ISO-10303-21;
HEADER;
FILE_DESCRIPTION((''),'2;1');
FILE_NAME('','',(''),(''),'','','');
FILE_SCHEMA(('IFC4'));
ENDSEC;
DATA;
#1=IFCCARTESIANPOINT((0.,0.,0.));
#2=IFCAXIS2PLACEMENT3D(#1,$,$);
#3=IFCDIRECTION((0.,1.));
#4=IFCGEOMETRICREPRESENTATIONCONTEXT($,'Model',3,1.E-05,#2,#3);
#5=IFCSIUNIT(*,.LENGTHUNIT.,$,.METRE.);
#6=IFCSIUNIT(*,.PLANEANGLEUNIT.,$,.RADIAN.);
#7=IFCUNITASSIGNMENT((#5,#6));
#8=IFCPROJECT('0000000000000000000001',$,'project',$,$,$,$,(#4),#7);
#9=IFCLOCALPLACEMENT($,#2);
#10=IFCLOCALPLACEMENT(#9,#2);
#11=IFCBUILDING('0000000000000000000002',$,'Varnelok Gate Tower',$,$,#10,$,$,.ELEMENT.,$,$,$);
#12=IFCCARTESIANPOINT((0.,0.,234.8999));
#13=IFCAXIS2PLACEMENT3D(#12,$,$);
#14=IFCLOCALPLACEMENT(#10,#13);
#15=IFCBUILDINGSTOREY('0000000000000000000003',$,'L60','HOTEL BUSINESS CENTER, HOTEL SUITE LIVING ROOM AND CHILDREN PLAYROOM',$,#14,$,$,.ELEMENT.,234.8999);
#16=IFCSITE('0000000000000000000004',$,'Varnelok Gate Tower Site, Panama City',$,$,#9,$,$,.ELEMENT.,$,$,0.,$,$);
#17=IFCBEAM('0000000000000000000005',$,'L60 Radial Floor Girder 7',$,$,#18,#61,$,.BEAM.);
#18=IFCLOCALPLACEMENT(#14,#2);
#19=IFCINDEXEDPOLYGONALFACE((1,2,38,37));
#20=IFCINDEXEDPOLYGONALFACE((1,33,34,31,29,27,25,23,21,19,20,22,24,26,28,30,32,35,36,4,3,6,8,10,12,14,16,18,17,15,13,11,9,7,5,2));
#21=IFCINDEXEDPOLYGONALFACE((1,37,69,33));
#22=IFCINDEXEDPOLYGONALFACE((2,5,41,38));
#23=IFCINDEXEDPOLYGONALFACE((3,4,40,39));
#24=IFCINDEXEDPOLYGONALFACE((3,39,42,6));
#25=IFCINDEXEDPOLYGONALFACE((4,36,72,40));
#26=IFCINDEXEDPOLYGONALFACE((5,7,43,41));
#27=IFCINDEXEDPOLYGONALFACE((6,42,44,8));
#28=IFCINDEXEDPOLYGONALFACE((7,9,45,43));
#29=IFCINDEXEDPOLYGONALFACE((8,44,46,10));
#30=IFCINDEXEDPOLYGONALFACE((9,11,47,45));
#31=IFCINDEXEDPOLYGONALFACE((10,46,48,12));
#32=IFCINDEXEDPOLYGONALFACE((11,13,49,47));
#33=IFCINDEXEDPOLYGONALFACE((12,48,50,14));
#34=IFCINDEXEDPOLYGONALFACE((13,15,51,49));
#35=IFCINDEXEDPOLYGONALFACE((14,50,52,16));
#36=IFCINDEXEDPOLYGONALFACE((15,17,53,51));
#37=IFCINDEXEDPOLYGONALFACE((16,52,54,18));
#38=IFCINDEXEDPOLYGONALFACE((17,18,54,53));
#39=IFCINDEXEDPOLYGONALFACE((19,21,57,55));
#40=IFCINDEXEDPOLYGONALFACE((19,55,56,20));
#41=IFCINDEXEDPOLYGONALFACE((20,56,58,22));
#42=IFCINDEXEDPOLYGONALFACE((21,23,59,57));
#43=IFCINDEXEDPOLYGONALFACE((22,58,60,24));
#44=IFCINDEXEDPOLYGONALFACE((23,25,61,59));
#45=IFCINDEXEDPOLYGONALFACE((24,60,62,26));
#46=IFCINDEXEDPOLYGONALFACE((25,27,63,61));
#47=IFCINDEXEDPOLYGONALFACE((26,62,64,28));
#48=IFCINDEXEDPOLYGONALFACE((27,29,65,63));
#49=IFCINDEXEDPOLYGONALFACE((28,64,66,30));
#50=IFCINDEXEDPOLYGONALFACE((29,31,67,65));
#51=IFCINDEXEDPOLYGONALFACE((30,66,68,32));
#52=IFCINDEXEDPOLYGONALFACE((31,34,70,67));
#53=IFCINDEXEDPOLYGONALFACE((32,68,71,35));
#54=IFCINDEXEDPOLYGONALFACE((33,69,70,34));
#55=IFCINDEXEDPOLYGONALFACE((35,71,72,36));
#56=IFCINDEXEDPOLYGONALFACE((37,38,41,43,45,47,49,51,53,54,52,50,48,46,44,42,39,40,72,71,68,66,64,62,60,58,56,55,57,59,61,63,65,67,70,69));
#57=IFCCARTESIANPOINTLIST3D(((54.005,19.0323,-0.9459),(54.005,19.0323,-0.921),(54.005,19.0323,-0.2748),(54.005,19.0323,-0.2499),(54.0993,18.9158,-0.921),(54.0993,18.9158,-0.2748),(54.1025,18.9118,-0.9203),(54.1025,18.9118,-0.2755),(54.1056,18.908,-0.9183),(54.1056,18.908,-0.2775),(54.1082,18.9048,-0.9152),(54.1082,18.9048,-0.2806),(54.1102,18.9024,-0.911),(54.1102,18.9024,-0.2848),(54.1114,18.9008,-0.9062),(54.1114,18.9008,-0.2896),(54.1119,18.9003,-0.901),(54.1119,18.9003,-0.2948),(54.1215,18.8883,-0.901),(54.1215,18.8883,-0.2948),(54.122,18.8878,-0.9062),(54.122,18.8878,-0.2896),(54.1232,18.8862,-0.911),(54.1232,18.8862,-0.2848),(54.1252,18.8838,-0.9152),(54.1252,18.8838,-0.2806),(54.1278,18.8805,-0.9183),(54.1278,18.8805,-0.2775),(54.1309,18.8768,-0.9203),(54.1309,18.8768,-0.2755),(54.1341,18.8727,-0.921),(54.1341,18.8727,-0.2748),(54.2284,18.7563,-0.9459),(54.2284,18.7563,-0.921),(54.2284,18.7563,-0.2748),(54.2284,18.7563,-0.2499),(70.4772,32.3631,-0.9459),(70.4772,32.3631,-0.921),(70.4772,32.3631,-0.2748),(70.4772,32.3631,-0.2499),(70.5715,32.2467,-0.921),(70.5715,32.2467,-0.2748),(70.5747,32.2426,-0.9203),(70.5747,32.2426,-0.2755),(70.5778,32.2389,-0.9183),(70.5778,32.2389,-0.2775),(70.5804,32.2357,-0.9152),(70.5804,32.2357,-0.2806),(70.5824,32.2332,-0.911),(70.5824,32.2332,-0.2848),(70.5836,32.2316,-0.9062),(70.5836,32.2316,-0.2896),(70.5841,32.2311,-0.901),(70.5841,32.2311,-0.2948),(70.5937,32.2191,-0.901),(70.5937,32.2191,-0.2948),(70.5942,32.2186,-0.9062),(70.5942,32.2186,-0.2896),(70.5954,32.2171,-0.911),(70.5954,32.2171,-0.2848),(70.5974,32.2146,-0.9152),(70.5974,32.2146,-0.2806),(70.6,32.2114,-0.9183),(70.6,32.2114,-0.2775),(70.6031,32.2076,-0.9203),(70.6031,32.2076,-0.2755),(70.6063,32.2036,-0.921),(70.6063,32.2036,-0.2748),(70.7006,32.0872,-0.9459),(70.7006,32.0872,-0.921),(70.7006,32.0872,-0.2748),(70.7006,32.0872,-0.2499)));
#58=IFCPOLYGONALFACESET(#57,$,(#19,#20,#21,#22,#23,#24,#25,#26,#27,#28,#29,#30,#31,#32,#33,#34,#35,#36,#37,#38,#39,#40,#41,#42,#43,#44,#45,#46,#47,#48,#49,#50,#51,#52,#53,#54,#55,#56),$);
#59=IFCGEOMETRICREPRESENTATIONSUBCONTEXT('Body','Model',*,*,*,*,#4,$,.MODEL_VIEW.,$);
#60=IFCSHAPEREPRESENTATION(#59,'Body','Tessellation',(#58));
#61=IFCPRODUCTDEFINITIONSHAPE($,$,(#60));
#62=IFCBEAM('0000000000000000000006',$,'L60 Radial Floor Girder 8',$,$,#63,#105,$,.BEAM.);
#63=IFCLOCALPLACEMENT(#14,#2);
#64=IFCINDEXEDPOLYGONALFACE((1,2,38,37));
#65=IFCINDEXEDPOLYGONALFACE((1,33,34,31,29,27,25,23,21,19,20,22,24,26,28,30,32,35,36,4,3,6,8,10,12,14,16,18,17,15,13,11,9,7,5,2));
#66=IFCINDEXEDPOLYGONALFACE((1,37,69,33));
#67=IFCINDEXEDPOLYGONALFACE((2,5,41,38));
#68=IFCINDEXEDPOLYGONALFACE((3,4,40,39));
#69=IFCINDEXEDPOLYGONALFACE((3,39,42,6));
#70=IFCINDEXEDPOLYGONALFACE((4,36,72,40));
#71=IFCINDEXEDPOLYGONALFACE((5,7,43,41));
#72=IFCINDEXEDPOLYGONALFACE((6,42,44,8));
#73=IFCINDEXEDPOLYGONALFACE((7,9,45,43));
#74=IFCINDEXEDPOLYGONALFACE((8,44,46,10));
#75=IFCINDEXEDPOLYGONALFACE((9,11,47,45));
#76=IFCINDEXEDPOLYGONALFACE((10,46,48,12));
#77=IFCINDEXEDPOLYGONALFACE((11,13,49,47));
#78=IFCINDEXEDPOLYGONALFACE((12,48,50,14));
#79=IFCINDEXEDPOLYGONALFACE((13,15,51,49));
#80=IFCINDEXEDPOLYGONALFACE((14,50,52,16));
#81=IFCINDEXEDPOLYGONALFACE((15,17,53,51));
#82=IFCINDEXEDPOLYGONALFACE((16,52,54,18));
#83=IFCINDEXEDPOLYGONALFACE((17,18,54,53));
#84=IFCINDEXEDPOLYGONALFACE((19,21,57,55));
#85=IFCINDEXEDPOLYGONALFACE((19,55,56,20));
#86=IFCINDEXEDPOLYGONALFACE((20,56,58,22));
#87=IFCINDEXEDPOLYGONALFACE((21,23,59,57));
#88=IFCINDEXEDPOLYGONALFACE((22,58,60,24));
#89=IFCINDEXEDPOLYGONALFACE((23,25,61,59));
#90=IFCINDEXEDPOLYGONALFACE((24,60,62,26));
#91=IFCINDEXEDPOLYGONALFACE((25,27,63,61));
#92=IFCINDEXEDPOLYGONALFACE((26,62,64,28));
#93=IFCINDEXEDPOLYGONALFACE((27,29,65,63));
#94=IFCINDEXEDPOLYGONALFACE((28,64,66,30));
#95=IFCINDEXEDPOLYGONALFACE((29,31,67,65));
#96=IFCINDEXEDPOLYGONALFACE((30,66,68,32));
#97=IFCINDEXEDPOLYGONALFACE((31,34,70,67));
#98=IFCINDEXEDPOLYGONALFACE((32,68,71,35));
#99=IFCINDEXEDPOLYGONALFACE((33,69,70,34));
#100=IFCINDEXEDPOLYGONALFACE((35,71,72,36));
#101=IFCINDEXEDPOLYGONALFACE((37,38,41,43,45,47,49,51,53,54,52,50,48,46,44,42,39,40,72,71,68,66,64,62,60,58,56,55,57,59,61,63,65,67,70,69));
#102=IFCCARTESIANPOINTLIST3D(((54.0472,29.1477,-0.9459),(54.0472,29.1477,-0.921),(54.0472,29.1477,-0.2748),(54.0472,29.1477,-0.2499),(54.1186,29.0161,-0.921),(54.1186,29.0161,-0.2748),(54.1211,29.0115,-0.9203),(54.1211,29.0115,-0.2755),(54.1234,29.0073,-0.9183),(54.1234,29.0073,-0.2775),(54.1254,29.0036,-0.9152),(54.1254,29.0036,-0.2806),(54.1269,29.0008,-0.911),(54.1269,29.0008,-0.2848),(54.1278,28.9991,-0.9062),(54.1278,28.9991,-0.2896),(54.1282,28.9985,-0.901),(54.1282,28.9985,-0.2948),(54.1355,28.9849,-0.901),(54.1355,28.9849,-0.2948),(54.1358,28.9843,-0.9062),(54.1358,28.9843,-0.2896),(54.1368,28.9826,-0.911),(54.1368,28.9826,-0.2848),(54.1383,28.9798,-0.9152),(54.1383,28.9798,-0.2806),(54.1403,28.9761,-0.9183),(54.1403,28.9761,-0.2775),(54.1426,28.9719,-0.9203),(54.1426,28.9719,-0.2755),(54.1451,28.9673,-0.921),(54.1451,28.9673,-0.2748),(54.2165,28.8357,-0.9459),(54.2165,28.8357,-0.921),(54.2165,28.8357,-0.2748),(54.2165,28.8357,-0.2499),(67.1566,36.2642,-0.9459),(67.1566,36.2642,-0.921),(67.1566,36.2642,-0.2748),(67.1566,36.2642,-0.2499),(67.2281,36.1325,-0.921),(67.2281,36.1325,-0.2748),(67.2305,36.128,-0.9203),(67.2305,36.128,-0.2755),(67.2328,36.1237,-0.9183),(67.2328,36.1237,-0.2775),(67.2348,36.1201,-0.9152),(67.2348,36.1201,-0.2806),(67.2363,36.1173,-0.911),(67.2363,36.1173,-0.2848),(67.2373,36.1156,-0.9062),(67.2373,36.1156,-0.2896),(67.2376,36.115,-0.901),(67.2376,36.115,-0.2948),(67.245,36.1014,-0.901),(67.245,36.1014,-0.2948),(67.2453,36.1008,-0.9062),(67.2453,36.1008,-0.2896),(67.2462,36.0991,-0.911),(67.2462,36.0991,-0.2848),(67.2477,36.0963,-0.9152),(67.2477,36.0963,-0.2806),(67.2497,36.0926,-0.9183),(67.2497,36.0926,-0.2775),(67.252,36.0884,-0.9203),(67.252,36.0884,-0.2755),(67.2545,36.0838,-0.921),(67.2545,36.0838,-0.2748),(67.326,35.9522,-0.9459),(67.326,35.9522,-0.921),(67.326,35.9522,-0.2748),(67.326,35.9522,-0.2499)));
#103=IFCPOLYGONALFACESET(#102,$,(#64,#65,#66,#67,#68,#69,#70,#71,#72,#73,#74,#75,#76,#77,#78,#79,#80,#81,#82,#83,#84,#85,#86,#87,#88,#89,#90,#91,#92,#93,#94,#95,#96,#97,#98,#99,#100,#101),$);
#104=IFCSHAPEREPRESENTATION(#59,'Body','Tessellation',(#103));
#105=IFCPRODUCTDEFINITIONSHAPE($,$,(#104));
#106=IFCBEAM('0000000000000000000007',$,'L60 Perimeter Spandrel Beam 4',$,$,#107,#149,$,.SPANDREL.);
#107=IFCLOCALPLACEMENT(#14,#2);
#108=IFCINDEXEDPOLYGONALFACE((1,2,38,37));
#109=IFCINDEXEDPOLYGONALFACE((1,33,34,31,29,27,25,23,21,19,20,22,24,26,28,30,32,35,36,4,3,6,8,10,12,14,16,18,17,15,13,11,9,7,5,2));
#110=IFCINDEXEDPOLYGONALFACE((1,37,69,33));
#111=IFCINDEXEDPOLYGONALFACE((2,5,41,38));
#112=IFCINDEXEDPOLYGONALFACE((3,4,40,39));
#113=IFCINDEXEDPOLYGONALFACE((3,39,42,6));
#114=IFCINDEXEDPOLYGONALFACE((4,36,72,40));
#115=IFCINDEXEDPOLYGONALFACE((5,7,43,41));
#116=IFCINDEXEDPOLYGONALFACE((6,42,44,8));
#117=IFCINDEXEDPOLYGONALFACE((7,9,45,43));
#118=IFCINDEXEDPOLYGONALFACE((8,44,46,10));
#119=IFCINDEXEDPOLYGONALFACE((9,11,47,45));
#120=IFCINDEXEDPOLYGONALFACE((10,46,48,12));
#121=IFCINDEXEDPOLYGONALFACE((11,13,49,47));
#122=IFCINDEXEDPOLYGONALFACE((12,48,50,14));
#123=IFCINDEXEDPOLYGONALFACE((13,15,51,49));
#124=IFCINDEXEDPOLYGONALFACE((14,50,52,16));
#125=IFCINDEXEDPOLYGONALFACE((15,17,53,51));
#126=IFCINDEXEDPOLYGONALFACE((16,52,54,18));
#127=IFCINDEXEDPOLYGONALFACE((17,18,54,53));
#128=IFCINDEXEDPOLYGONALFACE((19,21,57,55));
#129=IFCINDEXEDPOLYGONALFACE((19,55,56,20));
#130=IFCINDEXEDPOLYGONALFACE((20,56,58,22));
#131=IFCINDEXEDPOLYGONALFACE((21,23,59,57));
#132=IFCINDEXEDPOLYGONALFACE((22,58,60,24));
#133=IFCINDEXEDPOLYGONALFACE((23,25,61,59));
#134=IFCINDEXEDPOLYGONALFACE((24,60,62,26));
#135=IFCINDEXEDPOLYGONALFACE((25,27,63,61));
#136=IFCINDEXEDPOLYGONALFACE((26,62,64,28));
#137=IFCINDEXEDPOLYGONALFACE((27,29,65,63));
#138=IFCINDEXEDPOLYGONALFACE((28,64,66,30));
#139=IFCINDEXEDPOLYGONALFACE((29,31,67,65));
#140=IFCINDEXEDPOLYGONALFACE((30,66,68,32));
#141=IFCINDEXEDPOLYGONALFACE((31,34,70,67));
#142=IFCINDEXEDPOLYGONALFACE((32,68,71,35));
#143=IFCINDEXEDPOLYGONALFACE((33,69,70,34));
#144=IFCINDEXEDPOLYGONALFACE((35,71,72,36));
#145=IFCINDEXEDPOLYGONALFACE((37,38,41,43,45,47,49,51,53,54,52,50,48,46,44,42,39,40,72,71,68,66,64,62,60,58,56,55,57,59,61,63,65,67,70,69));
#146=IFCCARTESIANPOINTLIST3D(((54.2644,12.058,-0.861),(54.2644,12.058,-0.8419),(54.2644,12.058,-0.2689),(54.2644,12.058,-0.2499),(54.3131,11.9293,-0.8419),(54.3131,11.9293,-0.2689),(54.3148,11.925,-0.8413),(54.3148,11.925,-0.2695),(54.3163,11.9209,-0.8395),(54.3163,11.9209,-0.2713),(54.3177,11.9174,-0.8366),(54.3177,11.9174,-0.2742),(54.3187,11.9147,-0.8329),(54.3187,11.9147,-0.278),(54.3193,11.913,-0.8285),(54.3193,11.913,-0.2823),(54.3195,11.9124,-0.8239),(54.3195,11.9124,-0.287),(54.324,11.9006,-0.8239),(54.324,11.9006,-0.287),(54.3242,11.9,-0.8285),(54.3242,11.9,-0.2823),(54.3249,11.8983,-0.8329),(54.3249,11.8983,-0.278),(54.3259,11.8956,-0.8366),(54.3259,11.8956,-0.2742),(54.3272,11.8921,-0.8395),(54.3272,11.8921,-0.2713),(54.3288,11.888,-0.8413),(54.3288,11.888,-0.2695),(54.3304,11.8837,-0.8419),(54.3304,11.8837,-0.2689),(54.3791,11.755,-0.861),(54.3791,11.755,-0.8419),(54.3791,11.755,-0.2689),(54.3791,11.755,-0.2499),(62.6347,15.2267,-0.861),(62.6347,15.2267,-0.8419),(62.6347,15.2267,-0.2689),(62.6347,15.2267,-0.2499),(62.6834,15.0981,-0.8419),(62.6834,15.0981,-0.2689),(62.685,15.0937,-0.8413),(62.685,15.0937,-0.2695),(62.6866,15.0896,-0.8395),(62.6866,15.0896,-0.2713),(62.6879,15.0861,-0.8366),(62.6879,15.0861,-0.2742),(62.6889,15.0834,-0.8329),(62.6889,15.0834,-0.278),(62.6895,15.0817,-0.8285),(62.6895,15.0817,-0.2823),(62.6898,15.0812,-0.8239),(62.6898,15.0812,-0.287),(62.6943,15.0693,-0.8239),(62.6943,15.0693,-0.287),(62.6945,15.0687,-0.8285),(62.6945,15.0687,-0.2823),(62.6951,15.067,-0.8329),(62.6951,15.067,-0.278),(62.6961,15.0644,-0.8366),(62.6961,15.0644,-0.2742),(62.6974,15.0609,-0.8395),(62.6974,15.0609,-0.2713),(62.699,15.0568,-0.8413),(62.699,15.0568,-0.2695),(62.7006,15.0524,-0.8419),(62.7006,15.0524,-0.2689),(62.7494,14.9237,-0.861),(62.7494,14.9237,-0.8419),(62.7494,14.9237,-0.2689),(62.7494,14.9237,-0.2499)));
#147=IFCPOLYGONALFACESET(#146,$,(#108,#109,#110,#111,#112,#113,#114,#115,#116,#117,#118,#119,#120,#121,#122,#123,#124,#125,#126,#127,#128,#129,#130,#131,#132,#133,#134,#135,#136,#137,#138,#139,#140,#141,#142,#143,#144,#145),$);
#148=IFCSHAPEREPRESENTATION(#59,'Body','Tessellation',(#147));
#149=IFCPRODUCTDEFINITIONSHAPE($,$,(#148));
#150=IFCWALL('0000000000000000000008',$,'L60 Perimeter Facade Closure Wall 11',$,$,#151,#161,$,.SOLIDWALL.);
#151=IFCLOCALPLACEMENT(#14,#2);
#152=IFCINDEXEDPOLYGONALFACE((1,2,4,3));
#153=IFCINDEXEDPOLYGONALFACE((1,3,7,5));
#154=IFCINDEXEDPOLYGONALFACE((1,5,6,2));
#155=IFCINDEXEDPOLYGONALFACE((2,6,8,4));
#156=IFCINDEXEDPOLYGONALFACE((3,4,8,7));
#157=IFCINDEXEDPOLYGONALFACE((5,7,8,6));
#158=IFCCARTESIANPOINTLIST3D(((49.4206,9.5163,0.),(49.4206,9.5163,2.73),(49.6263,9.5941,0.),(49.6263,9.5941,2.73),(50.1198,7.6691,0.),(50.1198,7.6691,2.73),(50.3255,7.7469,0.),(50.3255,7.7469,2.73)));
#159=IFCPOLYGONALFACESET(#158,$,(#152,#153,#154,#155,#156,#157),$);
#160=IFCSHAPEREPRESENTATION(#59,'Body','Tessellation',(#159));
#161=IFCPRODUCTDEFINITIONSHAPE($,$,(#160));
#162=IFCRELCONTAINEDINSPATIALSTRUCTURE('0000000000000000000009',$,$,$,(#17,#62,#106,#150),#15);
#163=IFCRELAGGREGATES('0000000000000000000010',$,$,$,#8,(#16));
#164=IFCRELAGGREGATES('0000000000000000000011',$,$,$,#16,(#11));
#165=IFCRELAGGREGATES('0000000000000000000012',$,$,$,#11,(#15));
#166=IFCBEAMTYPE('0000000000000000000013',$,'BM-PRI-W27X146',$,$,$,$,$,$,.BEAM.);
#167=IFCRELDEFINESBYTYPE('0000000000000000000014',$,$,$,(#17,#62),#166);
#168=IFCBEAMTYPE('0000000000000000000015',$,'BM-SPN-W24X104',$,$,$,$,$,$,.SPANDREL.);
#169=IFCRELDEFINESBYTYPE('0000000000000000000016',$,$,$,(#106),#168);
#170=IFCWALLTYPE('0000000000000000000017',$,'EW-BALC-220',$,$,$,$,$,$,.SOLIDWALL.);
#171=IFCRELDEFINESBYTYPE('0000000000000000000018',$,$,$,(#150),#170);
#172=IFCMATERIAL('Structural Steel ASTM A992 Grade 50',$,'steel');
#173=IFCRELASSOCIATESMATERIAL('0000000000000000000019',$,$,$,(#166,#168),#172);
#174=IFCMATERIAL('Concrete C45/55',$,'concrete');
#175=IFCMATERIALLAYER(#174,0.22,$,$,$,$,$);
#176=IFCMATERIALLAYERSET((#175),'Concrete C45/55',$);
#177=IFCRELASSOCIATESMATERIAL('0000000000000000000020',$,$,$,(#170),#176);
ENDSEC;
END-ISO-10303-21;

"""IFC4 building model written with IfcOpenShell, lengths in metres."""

from ifc_helpers import new_model, si_unit, direction, frame, frame_2d, origin, origin_2d, place, context, subcontext, project, spatial, rectangle, i_section, extrude, material, layer, layer_set, material_profile, profile_set, type_object, element, save


model = new_model("IFC4")

# Units and contexts
model_context = context("Model", 3, precision=1e-05, world=origin(), true_north=direction((0.0, 1.0)))
body_context = subcontext(model_context, "Body", "Model", "MODEL_VIEW")
ifc_project = project(units=[si_unit("LENGTHUNIT", "METRE"), si_unit("PLANEANGLEUNIT", "RADIAN")], contexts=[model_context])

# Site, building, storey
site_placement = place(None, origin())
site = spatial("IfcSite", under=ifc_project, at=site_placement, Name="Varnelok Gate Tower Site, Panama City", CompositionType="ELEMENT", RefElevation=0.0)
building_placement = place(site_placement, origin())
building = spatial("IfcBuilding", under=site, at=building_placement, Name="Varnelok Gate Tower", CompositionType="ELEMENT")
storey_placement = place(building_placement, frame((0.0, 0.0, 234.8999)))
storey = spatial("IfcBuildingStorey", under=building, at=storey_placement, Name="L60", Description="HOTEL BUSINESS CENTER, HOTEL SUITE LIVING ROOM AND CHILDREN PLAYROOM", CompositionType="ELEMENT", Elevation=234.8999)

# Shared definitions
ifc_material_1 = material(Name="Structural Steel ASTM A992 Grade 50", Category="steel")

# Beams
ifc_material_profile_1 = material_profile(ifc_material_1, i_section(OverallWidth=0.355, OverallDepth=0.696, WebThickness=0.0154, FlangeThickness=0.0249, FilletRadius=0.02, at=origin_2d()), Name="W27X146")
ifc_profile_set_1 = profile_set([ifc_material_profile_1], Name="Structural Steel ASTM A992 Grade 50")
beam_type_1 = type_object("IfcBeamType", Name="BM-PRI-W27X146", PredefinedType="BEAM", material=ifc_profile_set_1)
beam_1_placement = place(storey_placement, frame((54.1167, 18.8943, -0.5979), z_axis=(0.777333, 0.62909, 0.0), x_axis=(-0.62909, 0.777333, 0.0)))
element("IfcBeam", 1, at=beam_1_placement, inside=storey, type_object=beam_type_1, Name="L60 Radial Floor Girder 7", PredefinedType="BEAM", context=body_context, shape_type="SweptSolid", body=[
    extrude(i_section(OverallWidth=0.355, OverallDepth=0.696, WebThickness=0.0154, FlangeThickness=0.0249, FilletRadius=0.02, at=origin_2d()), origin(), (0.0, 0.0, 1.0), 21.1907),
])
beam_2_placement = place(storey_placement, frame((54.1318, 28.9917, -0.5979), z_axis=(0.878855, 0.477089, 0.0), x_axis=(-0.477089, 0.878855, 0.0)))
element("IfcBeam", 2, at=beam_2_placement, inside=storey, type_object=beam_type_1, Name="L60 Radial Floor Girder 8", PredefinedType="BEAM", context=body_context, shape_type="SweptSolid", body=[
    extrude(i_section(OverallWidth=0.355, OverallDepth=0.696, WebThickness=0.0154, FlangeThickness=0.0249, FilletRadius=0.02, at=origin_2d()), origin(), (0.0, 0.0, 1.0), 14.9165),
])
ifc_material_profile_2 = material_profile(ifc_material_1, i_section(OverallWidth=0.324, OverallDepth=0.6111, WebThickness=0.0127, FlangeThickness=0.019, FilletRadius=0.0181, at=origin_2d()), Name="W24X104")
ifc_profile_set_2 = profile_set([ifc_material_profile_2], Name="Structural Steel ASTM A992 Grade 50")
beam_type_2 = type_object("IfcBeamType", Name="BM-SPN-W24X104", PredefinedType="SPANDREL", material=ifc_profile_set_2)
beam_3_placement = place(storey_placement, frame((54.3218, 11.9065, -0.5554), z_axis=(0.935226, 0.354051, 0.0), x_axis=(-0.354051, 0.935226, 0.0)))
element("IfcBeam", 3, at=beam_3_placement, inside=storey, type_object=beam_type_2, Name="L60 Perimeter Spandrel Beam 4", PredefinedType="SPANDREL", context=body_context, shape_type="SweptSolid", body=[
    extrude(i_section(OverallWidth=0.324, OverallDepth=0.6111, WebThickness=0.0127, FlangeThickness=0.019, FilletRadius=0.0181, at=origin_2d()), origin(), (0.0, 0.0, 1.0), 8.95),
])

# Wall
ifc_material_2 = material(Name="Concrete C45/55", Category="concrete")
ifc_layer_1 = layer(ifc_material_2, 0.22)
ifc_layer_set_1 = layer_set([ifc_layer_1], Name="Concrete C45/55")
wall_type_1 = type_object("IfcWallType", Name="EW-BALC-220", PredefinedType="SOLIDWALL", material=ifc_layer_set_1)
wall_1_placement = place(storey_placement, frame((50.2227, 7.708, 0.0), z_axis=(0.0, 0.0, 1.0), x_axis=(-0.354021, 0.935238, 0.0)))
element("IfcWall", 4, at=wall_1_placement, inside=storey, type_object=wall_type_1, Name="L60 Perimeter Facade Closure Wall 11", PredefinedType="SOLIDWALL", context=body_context, shape_type="SweptSolid", body=[
    extrude(rectangle(XDim=1.9751, YDim=0.22, at=frame_2d((0.9875, 0.0))), origin(), (0.0, 0.0, 1.0), 2.73),
])

save(model, "model.ifc")
